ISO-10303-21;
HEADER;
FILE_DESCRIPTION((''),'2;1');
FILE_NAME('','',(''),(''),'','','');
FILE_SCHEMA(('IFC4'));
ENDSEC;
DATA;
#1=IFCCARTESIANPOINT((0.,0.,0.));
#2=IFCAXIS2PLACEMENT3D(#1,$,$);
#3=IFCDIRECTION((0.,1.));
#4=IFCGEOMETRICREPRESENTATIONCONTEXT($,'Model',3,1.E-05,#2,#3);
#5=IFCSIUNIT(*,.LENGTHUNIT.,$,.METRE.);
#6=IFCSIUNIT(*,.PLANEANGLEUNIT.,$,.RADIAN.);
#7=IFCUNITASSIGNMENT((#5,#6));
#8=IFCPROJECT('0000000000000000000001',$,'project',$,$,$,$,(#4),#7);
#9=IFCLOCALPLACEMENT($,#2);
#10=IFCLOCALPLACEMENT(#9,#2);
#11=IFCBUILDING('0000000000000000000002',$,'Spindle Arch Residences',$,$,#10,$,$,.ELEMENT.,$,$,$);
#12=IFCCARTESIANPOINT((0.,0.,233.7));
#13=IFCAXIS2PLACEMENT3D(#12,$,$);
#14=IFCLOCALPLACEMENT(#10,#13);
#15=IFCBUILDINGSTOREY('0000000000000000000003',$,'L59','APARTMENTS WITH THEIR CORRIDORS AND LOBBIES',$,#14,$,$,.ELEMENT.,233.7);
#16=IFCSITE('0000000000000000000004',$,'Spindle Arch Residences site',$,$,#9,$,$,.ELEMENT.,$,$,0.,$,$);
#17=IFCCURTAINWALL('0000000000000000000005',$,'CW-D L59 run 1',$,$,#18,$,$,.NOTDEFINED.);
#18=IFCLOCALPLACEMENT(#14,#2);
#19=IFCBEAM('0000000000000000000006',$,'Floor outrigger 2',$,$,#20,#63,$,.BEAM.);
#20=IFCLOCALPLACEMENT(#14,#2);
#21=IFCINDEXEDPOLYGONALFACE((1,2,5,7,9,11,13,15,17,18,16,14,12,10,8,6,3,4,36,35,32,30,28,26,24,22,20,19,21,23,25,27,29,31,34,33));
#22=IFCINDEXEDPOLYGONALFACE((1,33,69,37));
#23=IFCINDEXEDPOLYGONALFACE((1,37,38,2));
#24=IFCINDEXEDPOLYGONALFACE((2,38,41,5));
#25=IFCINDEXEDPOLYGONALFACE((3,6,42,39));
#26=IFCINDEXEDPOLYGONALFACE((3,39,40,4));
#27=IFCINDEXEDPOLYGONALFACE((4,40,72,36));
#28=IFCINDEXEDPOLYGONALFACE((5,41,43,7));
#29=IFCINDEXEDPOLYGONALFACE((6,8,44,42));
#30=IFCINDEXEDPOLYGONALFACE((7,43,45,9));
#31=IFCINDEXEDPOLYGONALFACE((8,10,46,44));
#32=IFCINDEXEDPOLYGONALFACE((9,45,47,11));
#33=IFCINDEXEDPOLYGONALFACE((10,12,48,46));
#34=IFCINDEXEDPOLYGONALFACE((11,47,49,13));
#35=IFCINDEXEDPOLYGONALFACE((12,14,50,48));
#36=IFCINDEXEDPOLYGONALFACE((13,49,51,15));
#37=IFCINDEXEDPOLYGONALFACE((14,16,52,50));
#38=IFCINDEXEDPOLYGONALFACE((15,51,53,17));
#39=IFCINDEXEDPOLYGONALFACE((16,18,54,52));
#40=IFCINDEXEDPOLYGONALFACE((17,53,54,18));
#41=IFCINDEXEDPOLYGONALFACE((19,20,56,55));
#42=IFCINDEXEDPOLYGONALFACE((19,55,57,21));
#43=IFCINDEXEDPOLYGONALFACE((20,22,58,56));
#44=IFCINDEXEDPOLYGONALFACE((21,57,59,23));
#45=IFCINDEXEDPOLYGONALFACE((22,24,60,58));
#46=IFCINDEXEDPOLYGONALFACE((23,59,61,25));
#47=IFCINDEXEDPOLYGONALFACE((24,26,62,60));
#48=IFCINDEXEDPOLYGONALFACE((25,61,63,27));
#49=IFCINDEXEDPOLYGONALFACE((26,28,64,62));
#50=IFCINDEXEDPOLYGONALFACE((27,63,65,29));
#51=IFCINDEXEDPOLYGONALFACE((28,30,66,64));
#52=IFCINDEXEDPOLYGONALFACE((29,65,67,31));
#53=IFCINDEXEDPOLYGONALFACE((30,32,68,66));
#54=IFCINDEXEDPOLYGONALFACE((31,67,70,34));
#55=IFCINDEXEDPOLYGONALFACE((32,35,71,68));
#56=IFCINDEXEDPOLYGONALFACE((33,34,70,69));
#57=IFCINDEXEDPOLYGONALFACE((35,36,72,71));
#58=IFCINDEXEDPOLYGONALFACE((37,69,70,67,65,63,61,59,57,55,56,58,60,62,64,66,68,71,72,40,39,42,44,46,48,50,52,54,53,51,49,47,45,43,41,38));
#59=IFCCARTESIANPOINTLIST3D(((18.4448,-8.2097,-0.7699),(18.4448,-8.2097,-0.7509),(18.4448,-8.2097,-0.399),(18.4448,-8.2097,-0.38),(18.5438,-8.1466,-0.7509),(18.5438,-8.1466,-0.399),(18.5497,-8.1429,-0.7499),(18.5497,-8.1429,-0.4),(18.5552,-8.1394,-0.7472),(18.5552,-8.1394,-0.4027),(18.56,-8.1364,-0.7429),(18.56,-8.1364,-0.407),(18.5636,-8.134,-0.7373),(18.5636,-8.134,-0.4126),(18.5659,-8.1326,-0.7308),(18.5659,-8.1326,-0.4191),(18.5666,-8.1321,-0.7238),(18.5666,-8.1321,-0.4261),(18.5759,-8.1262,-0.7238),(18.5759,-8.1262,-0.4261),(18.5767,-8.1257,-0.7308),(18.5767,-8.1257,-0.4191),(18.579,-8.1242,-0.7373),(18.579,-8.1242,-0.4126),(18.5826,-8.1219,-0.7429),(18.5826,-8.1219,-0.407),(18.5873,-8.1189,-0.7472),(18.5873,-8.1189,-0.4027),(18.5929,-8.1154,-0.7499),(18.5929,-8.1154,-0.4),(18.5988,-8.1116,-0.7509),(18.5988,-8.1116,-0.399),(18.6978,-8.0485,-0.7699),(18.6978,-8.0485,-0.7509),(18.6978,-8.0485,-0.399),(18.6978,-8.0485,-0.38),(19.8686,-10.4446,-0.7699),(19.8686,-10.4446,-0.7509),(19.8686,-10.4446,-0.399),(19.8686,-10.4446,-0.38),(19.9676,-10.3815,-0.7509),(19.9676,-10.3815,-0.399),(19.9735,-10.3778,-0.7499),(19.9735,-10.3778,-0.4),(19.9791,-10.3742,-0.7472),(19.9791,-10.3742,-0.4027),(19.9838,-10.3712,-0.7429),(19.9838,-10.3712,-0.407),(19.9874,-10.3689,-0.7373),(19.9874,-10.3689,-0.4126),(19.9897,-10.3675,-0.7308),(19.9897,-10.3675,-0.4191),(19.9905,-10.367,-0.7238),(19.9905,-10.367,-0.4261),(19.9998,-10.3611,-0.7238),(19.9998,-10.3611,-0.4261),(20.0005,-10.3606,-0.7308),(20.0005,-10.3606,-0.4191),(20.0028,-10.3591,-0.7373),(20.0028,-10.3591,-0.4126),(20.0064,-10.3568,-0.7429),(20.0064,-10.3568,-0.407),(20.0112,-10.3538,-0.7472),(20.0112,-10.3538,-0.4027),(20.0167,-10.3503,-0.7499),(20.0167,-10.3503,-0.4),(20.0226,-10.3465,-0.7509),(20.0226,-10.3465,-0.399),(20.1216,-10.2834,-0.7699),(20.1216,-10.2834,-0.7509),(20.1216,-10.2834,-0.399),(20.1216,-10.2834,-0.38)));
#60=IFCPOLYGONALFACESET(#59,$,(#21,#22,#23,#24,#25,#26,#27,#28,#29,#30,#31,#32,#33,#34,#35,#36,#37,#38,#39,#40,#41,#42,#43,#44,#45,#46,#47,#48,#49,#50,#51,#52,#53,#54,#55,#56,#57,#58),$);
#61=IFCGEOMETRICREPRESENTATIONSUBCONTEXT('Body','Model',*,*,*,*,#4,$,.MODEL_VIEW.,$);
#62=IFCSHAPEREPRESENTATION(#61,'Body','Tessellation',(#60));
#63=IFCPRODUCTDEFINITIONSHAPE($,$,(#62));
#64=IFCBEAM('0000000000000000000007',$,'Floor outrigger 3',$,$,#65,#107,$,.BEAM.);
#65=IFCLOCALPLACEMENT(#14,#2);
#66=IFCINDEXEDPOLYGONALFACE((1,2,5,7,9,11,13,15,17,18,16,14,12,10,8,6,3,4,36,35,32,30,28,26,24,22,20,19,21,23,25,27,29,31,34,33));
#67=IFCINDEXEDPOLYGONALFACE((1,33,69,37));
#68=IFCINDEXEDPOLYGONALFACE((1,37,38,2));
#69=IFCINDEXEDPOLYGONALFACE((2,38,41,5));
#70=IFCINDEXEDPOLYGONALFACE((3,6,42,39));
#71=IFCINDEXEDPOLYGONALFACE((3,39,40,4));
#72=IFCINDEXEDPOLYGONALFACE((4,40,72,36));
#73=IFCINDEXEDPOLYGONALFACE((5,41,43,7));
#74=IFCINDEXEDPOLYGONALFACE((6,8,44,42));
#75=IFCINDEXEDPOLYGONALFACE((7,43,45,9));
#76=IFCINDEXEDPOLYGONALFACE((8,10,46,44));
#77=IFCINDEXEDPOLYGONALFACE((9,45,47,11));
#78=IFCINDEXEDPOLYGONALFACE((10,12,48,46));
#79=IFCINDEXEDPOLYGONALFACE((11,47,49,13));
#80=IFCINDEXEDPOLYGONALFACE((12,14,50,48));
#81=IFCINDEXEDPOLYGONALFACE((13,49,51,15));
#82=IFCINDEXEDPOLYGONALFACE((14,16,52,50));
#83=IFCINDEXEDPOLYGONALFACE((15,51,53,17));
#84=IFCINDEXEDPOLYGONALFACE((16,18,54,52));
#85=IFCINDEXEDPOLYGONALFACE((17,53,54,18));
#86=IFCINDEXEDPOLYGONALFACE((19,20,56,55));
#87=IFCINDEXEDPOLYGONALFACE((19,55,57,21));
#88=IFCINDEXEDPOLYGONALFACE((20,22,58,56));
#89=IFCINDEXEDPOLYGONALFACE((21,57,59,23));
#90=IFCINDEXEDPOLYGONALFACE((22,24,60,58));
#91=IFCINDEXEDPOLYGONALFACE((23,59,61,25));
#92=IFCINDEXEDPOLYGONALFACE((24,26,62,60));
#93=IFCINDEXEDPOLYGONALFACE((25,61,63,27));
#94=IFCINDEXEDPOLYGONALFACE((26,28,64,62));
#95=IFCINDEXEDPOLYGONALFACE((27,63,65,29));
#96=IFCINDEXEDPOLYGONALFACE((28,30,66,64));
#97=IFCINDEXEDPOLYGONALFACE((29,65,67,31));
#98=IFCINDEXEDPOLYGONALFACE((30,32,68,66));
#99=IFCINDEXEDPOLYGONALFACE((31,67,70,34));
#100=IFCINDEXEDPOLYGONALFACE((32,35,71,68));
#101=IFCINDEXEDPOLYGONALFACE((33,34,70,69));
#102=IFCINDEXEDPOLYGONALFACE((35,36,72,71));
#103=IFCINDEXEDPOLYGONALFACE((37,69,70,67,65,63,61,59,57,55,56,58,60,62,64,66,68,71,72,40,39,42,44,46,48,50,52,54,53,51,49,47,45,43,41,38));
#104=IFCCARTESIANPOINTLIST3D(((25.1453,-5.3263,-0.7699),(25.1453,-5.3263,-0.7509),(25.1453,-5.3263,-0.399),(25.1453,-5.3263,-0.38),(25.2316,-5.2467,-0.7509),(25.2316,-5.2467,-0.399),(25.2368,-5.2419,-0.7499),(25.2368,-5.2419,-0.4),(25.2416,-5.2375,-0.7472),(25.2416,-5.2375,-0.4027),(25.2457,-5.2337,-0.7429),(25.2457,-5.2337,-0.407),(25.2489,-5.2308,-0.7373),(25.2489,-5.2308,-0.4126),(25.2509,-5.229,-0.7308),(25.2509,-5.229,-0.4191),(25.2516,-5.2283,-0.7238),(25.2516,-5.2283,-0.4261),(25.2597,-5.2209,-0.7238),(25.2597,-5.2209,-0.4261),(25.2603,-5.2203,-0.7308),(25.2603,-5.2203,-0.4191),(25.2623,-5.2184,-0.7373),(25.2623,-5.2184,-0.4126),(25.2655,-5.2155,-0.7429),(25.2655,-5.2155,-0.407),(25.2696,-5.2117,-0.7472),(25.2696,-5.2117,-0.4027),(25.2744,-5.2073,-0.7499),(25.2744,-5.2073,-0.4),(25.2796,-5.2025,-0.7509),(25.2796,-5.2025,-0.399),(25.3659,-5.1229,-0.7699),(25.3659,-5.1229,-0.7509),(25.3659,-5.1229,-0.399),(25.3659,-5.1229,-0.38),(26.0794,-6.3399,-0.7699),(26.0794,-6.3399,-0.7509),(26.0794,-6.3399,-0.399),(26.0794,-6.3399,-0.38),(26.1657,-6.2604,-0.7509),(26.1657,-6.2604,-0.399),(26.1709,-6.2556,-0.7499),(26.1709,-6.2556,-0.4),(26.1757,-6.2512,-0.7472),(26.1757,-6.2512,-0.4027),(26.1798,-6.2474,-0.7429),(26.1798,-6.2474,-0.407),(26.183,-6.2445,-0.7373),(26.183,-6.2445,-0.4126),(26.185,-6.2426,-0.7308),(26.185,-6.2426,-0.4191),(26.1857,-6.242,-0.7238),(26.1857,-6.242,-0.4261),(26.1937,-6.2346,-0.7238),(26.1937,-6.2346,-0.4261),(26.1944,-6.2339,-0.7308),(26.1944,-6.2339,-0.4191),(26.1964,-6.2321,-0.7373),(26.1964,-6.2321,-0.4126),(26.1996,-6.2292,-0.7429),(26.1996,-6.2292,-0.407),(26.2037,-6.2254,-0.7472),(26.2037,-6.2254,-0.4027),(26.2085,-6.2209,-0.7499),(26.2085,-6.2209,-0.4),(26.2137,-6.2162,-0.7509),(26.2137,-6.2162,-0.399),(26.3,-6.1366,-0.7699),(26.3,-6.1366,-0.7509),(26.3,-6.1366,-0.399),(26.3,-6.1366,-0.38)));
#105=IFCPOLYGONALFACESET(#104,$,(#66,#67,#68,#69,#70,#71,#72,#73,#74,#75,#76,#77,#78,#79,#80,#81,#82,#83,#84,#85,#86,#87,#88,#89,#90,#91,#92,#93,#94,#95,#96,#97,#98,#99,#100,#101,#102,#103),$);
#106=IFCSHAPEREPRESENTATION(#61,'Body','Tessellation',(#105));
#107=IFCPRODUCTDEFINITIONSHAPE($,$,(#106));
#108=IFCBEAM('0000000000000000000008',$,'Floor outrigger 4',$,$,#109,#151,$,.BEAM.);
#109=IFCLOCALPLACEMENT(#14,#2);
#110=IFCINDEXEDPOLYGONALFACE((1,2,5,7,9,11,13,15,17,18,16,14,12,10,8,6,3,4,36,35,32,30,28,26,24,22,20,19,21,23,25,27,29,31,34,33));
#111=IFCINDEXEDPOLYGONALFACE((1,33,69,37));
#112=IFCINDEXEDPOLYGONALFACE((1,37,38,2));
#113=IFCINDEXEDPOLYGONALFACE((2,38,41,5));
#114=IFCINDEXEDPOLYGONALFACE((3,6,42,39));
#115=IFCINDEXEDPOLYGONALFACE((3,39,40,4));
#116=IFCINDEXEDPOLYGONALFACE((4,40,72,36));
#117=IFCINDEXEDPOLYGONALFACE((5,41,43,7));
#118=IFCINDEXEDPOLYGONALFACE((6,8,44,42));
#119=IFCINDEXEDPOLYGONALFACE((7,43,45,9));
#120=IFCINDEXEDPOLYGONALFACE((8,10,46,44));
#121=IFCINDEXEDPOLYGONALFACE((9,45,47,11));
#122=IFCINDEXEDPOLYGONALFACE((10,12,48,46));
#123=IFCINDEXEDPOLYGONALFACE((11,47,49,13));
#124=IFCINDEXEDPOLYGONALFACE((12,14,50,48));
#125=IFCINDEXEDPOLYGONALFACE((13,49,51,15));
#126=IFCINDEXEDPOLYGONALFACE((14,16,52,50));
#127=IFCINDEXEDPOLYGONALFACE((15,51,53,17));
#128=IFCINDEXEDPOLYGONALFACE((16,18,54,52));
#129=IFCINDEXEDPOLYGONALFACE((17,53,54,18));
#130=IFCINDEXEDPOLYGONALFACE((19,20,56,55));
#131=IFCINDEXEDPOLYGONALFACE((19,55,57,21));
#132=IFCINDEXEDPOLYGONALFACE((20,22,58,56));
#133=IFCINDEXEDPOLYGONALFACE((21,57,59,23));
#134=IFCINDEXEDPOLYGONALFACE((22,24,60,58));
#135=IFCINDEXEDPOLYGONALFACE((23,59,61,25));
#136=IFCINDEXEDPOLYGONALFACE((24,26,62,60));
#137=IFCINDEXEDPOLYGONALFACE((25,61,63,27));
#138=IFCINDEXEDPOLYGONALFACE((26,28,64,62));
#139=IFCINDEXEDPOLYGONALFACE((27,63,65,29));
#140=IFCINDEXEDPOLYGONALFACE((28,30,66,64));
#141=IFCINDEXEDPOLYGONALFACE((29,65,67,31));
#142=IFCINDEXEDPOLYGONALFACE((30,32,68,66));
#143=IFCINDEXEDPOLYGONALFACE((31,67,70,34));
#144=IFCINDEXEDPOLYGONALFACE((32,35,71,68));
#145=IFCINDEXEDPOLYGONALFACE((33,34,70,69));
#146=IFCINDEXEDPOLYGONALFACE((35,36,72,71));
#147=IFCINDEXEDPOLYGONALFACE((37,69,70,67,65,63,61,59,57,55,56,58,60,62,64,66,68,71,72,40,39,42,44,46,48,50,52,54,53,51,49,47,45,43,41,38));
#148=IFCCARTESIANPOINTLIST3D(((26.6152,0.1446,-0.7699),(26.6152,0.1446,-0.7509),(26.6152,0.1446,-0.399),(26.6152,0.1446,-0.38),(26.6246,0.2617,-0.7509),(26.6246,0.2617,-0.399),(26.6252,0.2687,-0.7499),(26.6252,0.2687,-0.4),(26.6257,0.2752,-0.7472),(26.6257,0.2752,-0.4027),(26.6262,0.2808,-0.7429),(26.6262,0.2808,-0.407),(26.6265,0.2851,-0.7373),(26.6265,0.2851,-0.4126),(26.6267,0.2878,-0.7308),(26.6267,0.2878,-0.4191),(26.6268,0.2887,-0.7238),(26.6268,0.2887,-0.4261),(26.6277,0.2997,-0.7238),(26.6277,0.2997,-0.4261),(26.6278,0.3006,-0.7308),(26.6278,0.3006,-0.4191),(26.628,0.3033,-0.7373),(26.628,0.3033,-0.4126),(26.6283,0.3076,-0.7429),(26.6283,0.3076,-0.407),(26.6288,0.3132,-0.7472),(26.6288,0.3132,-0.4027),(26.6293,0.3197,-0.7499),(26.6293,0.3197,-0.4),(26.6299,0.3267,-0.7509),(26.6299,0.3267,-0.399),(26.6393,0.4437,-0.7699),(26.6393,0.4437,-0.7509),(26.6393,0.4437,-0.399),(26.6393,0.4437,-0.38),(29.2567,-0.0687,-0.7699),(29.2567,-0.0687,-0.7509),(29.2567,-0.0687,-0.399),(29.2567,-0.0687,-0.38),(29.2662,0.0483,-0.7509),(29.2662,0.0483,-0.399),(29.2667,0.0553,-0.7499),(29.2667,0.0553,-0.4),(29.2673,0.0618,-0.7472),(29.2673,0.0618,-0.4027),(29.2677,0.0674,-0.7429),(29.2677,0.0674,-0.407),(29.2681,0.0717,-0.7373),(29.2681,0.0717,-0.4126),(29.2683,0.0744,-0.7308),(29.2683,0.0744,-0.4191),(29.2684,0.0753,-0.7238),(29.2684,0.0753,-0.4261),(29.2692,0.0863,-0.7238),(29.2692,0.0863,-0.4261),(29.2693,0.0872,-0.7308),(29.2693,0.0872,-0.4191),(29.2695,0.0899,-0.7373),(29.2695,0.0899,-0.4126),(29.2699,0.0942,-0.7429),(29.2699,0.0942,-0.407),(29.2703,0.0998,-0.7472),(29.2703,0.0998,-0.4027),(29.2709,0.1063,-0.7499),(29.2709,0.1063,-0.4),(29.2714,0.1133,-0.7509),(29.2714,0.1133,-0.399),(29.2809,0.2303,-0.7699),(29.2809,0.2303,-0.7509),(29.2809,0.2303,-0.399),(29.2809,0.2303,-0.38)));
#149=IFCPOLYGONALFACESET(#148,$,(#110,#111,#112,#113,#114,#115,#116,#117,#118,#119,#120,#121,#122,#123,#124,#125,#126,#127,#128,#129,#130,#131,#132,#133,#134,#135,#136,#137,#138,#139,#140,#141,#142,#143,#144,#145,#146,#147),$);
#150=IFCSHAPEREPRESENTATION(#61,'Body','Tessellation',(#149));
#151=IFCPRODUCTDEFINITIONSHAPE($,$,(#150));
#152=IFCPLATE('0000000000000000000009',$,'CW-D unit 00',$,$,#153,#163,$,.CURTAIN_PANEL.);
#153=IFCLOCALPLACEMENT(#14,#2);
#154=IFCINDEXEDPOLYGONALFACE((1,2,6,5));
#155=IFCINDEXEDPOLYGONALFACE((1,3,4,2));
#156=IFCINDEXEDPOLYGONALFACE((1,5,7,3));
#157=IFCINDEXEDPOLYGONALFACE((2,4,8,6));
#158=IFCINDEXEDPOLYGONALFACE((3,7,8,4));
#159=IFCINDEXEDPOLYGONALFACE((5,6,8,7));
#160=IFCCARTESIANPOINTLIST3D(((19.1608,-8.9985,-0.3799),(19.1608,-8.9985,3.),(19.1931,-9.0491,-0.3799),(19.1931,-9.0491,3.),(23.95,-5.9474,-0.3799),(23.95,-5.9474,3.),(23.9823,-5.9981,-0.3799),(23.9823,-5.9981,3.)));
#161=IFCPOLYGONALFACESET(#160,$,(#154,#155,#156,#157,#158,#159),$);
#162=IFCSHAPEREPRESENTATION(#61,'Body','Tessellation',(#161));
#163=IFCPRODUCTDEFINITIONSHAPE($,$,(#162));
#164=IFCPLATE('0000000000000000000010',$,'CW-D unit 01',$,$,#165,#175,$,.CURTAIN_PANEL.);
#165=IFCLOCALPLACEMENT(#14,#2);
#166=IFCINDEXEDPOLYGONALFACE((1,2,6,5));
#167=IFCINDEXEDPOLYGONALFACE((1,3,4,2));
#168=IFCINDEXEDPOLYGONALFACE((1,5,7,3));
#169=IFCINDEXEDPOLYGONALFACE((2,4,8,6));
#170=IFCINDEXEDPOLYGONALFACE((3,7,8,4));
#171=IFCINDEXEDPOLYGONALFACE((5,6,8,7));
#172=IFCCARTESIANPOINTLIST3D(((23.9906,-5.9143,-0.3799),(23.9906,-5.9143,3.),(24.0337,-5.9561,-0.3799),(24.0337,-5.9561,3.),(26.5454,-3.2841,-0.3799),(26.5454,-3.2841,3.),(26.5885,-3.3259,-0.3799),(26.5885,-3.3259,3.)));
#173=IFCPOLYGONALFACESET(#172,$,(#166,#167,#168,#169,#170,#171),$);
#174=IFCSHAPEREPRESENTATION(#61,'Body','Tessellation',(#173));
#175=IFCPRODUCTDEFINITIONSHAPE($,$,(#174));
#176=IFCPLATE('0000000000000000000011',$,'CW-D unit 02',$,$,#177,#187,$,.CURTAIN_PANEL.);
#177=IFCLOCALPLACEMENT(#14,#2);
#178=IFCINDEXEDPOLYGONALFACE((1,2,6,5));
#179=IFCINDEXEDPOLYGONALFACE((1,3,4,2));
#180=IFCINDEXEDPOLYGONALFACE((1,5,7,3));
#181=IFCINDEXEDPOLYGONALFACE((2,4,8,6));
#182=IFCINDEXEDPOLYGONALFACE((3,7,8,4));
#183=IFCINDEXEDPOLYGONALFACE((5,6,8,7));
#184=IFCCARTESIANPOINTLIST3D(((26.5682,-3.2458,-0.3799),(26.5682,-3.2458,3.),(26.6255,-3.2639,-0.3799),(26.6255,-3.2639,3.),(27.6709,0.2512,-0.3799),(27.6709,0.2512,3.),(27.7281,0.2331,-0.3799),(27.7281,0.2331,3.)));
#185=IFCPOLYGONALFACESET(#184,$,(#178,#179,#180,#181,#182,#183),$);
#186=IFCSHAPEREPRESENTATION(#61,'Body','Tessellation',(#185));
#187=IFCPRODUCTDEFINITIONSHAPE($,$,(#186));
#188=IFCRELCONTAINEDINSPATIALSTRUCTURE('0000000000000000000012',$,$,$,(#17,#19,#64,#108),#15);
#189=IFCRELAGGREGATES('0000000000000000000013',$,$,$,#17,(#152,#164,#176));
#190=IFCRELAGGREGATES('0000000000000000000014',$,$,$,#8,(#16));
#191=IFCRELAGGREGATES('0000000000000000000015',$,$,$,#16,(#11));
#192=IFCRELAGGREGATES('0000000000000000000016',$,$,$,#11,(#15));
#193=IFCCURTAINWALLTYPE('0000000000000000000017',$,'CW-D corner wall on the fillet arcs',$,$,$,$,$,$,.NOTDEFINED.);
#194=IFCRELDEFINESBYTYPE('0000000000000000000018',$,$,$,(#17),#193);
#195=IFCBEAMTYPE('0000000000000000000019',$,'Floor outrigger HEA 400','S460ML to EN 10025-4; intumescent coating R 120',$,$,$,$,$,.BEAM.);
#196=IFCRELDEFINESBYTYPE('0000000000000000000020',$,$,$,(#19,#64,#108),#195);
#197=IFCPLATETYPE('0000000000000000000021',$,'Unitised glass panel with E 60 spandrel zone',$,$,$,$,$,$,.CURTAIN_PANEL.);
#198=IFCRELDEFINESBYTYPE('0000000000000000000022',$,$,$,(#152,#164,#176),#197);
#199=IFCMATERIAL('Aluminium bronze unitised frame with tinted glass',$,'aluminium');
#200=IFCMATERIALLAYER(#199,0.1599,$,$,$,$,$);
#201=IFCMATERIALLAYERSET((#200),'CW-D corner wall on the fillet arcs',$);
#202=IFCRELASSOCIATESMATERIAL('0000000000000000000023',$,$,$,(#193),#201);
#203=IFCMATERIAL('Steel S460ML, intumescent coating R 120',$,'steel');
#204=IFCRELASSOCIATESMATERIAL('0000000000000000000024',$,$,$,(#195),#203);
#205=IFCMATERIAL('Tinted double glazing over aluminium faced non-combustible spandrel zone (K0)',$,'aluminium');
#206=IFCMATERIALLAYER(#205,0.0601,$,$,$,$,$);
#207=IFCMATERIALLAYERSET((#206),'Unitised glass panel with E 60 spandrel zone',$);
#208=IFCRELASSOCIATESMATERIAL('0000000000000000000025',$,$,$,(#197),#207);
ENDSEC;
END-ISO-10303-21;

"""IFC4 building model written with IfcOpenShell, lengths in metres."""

from ifc_helpers import new_model, si_unit, direction, frame, origin, origin_2d, place, context, subcontext, project, spatial, rectangle, i_section, extrude, material, layer, layer_set, material_profile, profile_set, type_object, element, aggregate, save


model = new_model("IFC4")

# Units and contexts
model_context = context("Model", 3, precision=1e-05, world=origin(), true_north=direction((0.0, 1.0)))
body_context = subcontext(model_context, "Body", "Model", "MODEL_VIEW")
ifc_project = project(units=[si_unit("LENGTHUNIT", "METRE"), si_unit("PLANEANGLEUNIT", "RADIAN")], contexts=[model_context])

# Site, building, storey
site_placement = place(None, origin())
site = spatial("IfcSite", under=ifc_project, at=site_placement, Name="Spindle Arch Residences site", CompositionType="ELEMENT", RefElevation=0.0)
building_placement = place(site_placement, origin())
building = spatial("IfcBuilding", under=site, at=building_placement, Name="Spindle Arch Residences", CompositionType="ELEMENT")
storey_placement = place(building_placement, frame((0.0, 0.0, 233.7)))
storey = spatial("IfcBuildingStorey", under=building, at=storey_placement, Name="L59", Description="APARTMENTS WITH THEIR CORRIDORS AND LOBBIES", CompositionType="ELEMENT", Elevation=233.7)

# Curtain wall
ifc_material_1 = material(Name="Aluminium bronze unitised frame with tinted glass", Category="aluminium")
ifc_layer_1 = layer(ifc_material_1, 0.1599)
ifc_layer_set_1 = layer_set([ifc_layer_1], Name="CW-D corner wall on the fillet arcs")
curtain_wall_type = type_object("IfcCurtainWallType", Name="CW-D corner wall on the fillet arcs", PredefinedType="NOTDEFINED", material=ifc_layer_set_1)
curtain_wall_placement = place(storey_placement, origin())
curtain_wall = element("IfcCurtainWall", 1, at=curtain_wall_placement, inside=storey, type_object=curtain_wall_type, Name="CW-D L59 run 1", PredefinedType="NOTDEFINED")

# Beams
ifc_material_2 = material(Name="Steel S460ML, intumescent coating R 120", Category="steel")
ifc_material_profile_1 = material_profile(ifc_material_2, i_section(OverallWidth=0.3, OverallDepth=0.3899, WebThickness=0.011, FlangeThickness=0.019, FilletRadius=0.0271, at=origin_2d()), Name="HEA 400")
ifc_profile_set_1 = profile_set([ifc_material_profile_1], Name="Steel S460ML, intumescent coating R 120")
beam_type_1 = type_object("IfcBeamType", Name="Floor outrigger HEA 400", Description="S460ML to EN 10025-4; intumescent coating R 120", PredefinedType="BEAM", material=ifc_profile_set_1)
beam_1_placement = place(storey_placement, frame((19.9951, -10.364, -0.575), z_axis=(-0.537317, 0.843381, 0.0), x_axis=(-0.843381, -0.537317, 0.0)))
element("IfcBeam", 2, at=beam_1_placement, inside=storey, type_object=beam_type_1, Name="Floor outrigger 2", PredefinedType="BEAM", context=body_context, shape_type="SweptSolid", body=[
    extrude(i_section(OverallWidth=0.3, OverallDepth=0.3899, WebThickness=0.011, FlangeThickness=0.019, FilletRadius=0.0271, at=origin_2d()), origin(), (0.0, 0.0, 1.0), 2.6499),
])
beam_2_placement = place(storey_placement, frame((26.1897, -6.2383, -0.575), z_axis=(-0.677647, 0.735387, 0.0), x_axis=(-0.735387, -0.677647, 0.0)))
element("IfcBeam", 3, at=beam_2_placement, inside=storey, type_object=beam_type_1, Name="Floor outrigger 3", PredefinedType="BEAM", context=body_context, shape_type="SweptSolid", body=[
    extrude(i_section(OverallWidth=0.3, OverallDepth=0.3899, WebThickness=0.011, FlangeThickness=0.019, FilletRadius=0.0271, at=origin_2d()), origin(), (0.0, 0.0, 1.0), 1.3784),
])
beam_3_placement = place(storey_placement, frame((29.2688, 0.0808, -0.575), z_axis=(-0.996753, 0.080514, 0.0), x_axis=(-0.080514, -0.996753, 0.0)))
element("IfcBeam", 4, at=beam_3_placement, inside=storey, type_object=beam_type_1, Name="Floor outrigger 4", PredefinedType="BEAM", context=body_context, shape_type="SweptSolid", body=[
    extrude(i_section(OverallWidth=0.3, OverallDepth=0.3899, WebThickness=0.011, FlangeThickness=0.019, FilletRadius=0.0271, at=origin_2d()), origin(), (0.0, 0.0, 1.0), 2.6501),
])

# Plates
ifc_material_3 = material(Name="Tinted double glazing over aluminium faced non-combustible spandrel zone (K0)", Category="aluminium")
ifc_layer_2 = layer(ifc_material_3, 0.0601)
ifc_layer_set_2 = layer_set([ifc_layer_2], Name="Unitised glass panel with E 60 spandrel zone")
plate_type = type_object("IfcPlateType", Name="Unitised glass panel with E 60 spandrel zone", PredefinedType="CURTAIN_PANEL", material=ifc_layer_set_2)
plate_1_placement = place(storey_placement, frame((21.5715, -7.4983, -0.3799), z_axis=(0.0, 0.0, 1.0), x_axis=(0.843391, 0.5373, 0.0)))
plate_1 = element("IfcPlate", 5, at=plate_1_placement, type_object=plate_type, Name="CW-D unit 00", PredefinedType="CURTAIN_PANEL", context=body_context, shape_type="SweptSolid", body=[
    extrude(rectangle(XDim=5.6785, YDim=0.0601, at=origin_2d()), origin(), (0.0, 0.0, 1.0), 3.3799),
])
plate_2_placement = place(storey_placement, frame((25.2896, -4.6201, -0.3799), z_axis=(0.0, 0.0, 1.0), x_axis=(0.696748, 0.717316, 0.0)))
plate_2 = element("IfcPlate", 6, at=plate_2_placement, type_object=plate_type, Name="CW-D unit 01", PredefinedType="CURTAIN_PANEL", context=body_context, shape_type="SweptSolid", body=[
    extrude(rectangle(XDim=3.6667, YDim=0.0601, at=origin_2d()), origin(), (0.0, 0.0, 1.0), 3.3799),
])
plate_3_placement = place(storey_placement, frame((27.1482, -1.5063, -0.3799), z_axis=(0.0, 0.0, 1.0), x_axis=(0.300706, 0.953717, 0.0)))
plate_3 = element("IfcPlate", 7, at=plate_3_placement, type_object=plate_type, Name="CW-D unit 02", PredefinedType="CURTAIN_PANEL", context=body_context, shape_type="SweptSolid", body=[
    extrude(rectangle(XDim=3.6667, YDim=0.0601, at=origin_2d()), origin(), (0.0, 0.0, 1.0), 3.3799),
])
aggregate(curtain_wall, [plate_1, plate_2, plate_3])

save(model, "model.ifc")
